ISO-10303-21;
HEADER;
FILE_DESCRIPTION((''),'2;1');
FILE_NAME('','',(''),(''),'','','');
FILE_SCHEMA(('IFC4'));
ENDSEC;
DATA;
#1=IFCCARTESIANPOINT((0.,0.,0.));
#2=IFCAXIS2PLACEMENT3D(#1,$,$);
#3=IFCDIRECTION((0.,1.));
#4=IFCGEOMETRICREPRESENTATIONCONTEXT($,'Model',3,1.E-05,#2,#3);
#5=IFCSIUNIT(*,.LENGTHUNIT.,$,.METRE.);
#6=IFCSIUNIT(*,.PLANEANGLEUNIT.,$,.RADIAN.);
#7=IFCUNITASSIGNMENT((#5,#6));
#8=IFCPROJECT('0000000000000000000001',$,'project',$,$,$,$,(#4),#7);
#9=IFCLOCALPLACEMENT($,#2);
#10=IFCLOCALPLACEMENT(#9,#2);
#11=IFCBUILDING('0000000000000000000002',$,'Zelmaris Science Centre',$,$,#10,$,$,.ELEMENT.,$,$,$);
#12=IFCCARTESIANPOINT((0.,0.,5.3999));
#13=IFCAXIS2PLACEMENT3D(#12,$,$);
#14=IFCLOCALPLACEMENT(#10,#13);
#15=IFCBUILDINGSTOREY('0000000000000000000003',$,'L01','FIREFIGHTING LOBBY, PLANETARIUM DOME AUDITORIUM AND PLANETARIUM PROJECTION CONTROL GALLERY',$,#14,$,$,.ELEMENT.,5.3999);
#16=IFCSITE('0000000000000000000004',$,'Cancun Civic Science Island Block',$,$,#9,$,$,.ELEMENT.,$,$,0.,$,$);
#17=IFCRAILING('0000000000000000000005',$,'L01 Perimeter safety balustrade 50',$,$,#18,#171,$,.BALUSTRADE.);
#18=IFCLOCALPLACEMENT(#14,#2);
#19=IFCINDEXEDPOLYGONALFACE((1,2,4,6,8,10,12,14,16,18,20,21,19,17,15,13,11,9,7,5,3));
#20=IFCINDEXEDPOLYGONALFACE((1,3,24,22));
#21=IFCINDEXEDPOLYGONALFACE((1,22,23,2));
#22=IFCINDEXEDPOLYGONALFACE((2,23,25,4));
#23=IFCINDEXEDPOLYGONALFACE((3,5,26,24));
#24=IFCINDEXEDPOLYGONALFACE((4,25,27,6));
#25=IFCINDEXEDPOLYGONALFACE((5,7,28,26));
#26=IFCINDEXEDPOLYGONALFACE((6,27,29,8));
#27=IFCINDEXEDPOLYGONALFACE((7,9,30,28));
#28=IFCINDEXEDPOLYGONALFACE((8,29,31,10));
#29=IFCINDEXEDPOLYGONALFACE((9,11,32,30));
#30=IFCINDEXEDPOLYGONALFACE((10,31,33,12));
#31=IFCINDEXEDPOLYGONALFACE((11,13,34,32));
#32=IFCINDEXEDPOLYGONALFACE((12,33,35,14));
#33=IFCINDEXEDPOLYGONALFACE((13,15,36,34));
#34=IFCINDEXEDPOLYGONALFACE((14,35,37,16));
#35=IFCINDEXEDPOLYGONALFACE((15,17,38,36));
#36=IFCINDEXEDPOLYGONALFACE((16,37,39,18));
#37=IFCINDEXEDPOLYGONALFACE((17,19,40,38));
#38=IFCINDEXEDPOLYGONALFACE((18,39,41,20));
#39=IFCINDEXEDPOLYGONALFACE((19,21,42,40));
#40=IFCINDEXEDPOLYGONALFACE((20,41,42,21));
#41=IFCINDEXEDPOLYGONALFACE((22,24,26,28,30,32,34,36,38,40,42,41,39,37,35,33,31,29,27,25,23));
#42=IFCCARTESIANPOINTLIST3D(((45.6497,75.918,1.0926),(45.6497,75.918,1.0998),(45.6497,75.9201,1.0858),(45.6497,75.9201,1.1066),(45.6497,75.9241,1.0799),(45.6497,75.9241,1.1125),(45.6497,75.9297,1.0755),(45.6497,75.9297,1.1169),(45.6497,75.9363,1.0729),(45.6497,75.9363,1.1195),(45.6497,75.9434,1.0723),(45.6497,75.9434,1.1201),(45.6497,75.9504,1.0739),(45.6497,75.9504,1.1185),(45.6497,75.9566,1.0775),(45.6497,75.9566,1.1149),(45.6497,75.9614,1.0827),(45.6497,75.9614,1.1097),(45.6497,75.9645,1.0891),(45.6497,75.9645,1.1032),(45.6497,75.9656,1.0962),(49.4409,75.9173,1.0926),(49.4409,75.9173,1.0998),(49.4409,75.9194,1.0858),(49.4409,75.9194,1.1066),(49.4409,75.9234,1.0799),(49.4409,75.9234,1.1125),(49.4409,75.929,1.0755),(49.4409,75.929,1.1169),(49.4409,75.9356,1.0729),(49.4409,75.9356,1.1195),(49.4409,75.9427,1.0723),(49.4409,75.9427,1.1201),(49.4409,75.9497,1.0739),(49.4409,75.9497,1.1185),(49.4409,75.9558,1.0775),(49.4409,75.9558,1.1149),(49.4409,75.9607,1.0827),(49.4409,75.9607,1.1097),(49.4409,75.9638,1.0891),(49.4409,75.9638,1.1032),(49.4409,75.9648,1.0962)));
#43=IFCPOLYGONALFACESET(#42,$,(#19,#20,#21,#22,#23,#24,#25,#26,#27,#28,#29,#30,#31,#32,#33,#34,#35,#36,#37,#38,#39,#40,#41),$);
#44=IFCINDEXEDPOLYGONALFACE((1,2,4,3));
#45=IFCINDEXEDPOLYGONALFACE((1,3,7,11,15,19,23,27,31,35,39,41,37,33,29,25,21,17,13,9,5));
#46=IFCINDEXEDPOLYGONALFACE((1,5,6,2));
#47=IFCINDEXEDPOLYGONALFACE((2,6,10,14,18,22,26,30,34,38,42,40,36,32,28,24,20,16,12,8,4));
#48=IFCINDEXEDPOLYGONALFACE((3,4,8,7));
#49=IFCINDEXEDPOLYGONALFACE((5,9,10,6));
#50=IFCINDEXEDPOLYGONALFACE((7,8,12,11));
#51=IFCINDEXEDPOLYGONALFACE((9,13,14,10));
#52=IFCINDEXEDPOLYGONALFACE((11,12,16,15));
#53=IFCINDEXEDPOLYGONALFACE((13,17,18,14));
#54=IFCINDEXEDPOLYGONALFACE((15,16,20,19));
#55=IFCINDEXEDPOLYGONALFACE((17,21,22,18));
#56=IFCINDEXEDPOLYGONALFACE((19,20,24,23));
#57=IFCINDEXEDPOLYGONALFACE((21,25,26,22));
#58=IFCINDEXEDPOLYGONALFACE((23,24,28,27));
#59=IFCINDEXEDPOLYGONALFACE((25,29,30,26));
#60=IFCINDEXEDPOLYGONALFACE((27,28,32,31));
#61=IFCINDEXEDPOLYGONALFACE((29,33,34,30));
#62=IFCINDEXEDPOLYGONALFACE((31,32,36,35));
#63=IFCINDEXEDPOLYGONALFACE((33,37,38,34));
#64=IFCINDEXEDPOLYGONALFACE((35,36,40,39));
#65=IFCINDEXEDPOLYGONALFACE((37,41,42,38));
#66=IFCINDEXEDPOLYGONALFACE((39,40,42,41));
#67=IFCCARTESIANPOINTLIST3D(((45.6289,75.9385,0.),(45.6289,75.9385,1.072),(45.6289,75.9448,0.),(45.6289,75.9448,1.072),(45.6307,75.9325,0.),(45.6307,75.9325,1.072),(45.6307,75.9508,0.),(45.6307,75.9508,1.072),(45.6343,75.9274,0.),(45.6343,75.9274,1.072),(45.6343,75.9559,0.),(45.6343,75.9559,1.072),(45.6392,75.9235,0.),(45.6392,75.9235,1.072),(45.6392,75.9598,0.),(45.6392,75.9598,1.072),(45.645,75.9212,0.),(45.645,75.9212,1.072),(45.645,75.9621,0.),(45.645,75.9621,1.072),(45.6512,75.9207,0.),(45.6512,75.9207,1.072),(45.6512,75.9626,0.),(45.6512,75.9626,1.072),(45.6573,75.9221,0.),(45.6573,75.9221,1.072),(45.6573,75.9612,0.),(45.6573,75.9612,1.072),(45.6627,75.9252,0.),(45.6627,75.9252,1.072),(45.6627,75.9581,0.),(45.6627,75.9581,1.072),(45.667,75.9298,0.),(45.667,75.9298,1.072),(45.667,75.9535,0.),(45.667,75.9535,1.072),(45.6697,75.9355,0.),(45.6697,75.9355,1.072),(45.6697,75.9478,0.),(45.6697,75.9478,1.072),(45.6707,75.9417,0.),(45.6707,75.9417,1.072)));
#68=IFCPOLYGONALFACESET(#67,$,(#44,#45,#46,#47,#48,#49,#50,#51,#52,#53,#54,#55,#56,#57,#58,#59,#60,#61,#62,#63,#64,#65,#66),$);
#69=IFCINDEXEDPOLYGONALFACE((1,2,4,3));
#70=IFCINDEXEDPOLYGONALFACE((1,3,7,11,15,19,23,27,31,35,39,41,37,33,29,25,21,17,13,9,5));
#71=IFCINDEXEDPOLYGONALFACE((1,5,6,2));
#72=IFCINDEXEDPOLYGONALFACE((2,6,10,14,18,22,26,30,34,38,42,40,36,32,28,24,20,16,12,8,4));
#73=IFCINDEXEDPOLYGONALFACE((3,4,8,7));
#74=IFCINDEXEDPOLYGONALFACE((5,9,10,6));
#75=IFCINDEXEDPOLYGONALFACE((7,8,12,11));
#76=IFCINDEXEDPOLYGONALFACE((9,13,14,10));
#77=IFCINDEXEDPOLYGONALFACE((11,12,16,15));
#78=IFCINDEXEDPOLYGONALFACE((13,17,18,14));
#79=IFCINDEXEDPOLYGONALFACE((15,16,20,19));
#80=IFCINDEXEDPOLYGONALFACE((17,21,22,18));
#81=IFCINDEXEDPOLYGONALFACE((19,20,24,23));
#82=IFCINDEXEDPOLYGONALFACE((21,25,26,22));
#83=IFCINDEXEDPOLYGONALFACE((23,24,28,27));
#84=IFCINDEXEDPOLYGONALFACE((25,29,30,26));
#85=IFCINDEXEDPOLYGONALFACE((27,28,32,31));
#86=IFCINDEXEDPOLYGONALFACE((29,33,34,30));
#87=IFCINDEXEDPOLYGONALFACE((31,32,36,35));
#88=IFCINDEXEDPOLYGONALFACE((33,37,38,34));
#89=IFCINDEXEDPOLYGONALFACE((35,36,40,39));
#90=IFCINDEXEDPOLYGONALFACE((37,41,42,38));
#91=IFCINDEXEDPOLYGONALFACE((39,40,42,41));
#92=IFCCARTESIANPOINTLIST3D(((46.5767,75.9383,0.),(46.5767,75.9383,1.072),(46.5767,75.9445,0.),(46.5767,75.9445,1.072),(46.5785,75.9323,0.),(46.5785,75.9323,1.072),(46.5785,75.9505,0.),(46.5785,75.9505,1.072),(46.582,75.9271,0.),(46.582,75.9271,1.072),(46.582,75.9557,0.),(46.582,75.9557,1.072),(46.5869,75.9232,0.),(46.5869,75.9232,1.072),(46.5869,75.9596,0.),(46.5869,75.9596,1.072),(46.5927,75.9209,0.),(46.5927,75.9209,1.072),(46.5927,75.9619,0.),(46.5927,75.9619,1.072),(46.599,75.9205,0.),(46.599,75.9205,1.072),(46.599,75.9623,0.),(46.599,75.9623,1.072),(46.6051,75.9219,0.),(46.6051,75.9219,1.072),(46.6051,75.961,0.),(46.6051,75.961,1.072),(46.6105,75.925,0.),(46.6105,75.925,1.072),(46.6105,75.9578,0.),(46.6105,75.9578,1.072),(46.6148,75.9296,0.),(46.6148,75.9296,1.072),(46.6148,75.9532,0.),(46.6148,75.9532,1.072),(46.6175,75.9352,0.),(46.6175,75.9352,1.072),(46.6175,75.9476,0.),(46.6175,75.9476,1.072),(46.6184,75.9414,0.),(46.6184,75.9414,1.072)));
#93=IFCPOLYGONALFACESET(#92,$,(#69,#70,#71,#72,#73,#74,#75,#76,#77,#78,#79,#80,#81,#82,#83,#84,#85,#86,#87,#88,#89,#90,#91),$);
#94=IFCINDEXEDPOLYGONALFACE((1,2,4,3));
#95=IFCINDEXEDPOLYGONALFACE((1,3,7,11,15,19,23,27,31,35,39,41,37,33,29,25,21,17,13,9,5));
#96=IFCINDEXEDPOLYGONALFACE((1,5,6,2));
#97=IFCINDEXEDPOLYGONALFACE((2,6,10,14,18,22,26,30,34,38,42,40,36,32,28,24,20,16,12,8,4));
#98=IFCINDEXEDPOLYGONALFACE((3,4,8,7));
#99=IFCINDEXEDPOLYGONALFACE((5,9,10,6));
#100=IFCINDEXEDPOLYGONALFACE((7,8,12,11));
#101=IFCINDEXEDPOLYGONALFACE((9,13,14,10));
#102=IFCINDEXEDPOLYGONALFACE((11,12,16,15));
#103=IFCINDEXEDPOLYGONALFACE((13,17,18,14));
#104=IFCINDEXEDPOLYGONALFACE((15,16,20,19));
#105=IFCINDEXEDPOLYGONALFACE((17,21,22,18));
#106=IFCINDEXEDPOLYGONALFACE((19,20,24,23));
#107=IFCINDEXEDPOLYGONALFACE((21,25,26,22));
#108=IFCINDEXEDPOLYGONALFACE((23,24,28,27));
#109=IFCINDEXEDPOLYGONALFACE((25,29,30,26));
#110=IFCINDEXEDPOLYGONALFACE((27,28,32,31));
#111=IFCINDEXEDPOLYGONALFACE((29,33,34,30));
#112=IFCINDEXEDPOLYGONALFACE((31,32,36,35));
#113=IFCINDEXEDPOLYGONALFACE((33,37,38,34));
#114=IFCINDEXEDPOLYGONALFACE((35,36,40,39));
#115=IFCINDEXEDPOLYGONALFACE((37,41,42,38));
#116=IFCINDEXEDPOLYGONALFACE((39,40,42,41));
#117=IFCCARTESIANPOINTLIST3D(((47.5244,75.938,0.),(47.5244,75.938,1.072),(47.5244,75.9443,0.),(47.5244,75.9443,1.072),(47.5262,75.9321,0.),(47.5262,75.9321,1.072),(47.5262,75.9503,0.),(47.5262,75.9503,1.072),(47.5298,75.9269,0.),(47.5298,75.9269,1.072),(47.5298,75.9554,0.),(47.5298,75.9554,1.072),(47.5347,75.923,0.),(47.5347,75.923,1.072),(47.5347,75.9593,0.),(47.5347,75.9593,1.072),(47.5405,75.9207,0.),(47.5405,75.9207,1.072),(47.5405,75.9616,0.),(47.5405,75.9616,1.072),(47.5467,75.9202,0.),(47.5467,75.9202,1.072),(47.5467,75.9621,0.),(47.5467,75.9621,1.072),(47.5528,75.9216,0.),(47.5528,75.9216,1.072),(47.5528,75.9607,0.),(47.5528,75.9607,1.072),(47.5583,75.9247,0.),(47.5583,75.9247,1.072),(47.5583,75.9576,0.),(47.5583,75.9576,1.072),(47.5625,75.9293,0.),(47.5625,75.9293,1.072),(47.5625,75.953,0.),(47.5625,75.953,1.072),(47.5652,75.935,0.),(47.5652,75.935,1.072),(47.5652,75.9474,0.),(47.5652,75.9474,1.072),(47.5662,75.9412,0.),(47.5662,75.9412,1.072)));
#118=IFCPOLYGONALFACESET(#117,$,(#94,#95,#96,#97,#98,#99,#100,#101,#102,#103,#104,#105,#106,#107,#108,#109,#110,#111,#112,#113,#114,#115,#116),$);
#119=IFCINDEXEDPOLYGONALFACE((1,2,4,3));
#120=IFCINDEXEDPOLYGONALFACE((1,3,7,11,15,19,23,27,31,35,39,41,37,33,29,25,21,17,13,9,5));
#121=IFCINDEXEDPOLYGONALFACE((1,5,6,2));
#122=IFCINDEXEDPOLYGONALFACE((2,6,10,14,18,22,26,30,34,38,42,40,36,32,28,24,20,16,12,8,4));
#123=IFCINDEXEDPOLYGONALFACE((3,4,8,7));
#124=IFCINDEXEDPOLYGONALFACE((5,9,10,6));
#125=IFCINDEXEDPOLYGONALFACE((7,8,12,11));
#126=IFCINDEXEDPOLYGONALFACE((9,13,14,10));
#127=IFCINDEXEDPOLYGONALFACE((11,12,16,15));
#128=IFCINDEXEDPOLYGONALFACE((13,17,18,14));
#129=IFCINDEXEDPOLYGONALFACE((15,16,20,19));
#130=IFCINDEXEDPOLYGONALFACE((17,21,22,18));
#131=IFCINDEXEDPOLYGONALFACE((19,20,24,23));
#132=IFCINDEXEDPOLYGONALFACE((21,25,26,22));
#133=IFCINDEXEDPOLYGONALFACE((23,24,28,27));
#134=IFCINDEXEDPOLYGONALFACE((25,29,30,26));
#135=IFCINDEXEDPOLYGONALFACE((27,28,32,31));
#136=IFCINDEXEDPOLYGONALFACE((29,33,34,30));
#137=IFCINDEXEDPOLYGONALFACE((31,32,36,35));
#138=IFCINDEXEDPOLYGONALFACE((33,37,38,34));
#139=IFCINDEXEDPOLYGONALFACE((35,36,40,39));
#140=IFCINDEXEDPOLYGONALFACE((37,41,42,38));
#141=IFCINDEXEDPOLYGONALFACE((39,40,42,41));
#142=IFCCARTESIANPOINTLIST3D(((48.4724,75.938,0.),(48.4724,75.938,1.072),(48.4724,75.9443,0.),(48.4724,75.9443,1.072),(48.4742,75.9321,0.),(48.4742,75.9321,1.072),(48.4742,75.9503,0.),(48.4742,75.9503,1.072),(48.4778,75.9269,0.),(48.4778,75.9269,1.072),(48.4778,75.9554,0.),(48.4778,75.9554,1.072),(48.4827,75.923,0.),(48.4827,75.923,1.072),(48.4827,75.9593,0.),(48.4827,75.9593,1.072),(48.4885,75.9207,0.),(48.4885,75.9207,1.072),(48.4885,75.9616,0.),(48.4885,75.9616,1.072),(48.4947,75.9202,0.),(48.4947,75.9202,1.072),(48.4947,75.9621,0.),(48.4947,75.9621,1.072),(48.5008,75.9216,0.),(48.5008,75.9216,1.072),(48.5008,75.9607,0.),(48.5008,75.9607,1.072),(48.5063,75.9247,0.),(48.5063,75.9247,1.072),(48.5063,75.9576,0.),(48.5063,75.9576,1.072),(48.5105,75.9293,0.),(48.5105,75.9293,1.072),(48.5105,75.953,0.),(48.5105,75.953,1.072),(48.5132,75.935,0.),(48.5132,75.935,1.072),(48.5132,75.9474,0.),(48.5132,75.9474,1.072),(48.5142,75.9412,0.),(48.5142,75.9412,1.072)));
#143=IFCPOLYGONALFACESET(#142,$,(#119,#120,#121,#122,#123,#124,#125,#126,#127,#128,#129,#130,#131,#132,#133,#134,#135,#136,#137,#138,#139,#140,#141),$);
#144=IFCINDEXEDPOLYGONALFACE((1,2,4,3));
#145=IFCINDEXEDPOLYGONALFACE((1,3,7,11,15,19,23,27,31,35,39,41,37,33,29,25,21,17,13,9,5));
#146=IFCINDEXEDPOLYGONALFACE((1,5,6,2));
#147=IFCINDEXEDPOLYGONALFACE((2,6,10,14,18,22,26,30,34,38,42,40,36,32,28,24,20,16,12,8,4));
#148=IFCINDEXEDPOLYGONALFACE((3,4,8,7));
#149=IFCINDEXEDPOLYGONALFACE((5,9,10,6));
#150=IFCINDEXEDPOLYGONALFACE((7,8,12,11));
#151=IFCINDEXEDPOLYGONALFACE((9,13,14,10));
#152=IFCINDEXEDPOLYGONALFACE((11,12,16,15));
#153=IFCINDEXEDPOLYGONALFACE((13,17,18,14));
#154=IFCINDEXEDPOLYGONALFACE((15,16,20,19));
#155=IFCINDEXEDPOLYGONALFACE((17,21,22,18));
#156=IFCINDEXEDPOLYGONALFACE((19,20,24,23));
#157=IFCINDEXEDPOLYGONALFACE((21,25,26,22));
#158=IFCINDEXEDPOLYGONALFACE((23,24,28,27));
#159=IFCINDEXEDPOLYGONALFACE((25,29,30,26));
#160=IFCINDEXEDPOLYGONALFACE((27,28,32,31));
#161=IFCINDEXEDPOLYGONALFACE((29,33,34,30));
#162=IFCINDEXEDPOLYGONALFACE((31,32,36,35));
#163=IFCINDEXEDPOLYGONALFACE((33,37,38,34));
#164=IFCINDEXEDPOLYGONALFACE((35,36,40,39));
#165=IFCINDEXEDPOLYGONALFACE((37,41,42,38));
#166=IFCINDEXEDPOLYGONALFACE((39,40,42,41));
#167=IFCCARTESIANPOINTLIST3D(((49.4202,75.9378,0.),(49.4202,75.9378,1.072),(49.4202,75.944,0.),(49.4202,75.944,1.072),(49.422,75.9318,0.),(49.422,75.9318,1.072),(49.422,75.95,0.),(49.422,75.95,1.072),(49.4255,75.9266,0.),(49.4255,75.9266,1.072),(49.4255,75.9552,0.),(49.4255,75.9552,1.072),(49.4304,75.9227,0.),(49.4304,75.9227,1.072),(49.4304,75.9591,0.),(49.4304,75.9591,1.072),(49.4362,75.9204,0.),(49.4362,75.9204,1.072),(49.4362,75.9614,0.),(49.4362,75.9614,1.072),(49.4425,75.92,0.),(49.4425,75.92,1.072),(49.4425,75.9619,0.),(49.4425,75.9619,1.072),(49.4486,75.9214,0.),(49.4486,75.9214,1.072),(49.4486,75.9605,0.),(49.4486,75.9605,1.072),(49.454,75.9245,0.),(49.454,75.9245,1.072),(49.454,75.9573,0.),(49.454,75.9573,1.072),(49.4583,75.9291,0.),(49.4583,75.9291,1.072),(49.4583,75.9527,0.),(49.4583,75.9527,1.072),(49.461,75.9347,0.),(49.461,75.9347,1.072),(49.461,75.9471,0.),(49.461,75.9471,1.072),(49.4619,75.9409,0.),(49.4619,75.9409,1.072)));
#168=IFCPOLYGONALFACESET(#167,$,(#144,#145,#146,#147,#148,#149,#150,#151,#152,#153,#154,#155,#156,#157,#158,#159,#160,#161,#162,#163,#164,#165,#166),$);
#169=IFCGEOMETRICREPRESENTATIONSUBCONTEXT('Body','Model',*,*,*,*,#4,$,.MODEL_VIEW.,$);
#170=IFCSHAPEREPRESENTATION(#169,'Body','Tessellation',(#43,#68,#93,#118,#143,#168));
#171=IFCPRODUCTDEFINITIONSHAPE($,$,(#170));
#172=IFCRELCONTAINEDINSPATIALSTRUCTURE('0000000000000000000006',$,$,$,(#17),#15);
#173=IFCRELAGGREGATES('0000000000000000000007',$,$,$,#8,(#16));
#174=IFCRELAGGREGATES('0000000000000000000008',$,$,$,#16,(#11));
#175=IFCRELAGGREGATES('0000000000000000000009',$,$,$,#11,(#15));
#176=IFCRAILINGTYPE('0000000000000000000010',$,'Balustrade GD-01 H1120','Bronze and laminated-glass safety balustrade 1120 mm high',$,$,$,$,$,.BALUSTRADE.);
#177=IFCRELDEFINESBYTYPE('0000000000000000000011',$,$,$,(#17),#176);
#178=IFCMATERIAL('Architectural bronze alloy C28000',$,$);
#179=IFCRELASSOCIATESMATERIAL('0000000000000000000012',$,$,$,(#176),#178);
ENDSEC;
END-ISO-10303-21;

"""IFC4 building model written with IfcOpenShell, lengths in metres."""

from ifc_helpers import new_model, si_unit, direction, frame, origin, origin_2d, place, context, subcontext, project, spatial, circle, extrude, material, type_object, element, save


model = new_model("IFC4")

# Units and contexts
model_context = context("Model", 3, precision=1e-05, world=origin(), true_north=direction((0.0, 1.0)))
body_context = subcontext(model_context, "Body", "Model", "MODEL_VIEW")
ifc_project = project(units=[si_unit("LENGTHUNIT", "METRE"), si_unit("PLANEANGLEUNIT", "RADIAN")], contexts=[model_context])

# Site, building, storey
site_placement = place(None, origin())
site = spatial("IfcSite", under=ifc_project, at=site_placement, Name="Cancun Civic Science Island Block", CompositionType="ELEMENT", RefElevation=0.0)
building_placement = place(site_placement, origin())
building = spatial("IfcBuilding", under=site, at=building_placement, Name="Zelmaris Science Centre", CompositionType="ELEMENT")
storey_placement = place(building_placement, frame((0.0, 0.0, 5.3999)))
storey = spatial("IfcBuildingStorey", under=building, at=storey_placement, Name="L01", Description="FIREFIGHTING LOBBY, PLANETARIUM DOME AUDITORIUM AND PLANETARIUM PROJECTION CONTROL GALLERY", CompositionType="ELEMENT", Elevation=5.3999)

# Railing
ifc_material_1 = material(Name="Architectural bronze alloy C28000")
railing_type = type_object("IfcRailingType", Name="Balustrade GD-01 H1120", Description="Bronze and laminated-glass safety balustrade 1120 mm high", PredefinedType="BALUSTRADE", material=ifc_material_1)
railing_placement = place(storey_placement, frame((45.6497, 75.9417, 0.0)))
element("IfcRailing", 1, at=railing_placement, inside=storey, type_object=railing_type, Name="L01 Perimeter safety balustrade 50", PredefinedType="BALUSTRADE", context=body_context, shape_type="SweptSolid", body=[
    extrude(circle(Radius=0.0239, at=origin_2d()), frame((0.0, 0.0, 1.0962), z_axis=(1.0, -0.000193, 0.0), x_axis=(0.000193, 1.0, 0.0)), (0.0, 0.0, 1.0), 3.7913),
    extrude(circle(Radius=0.021, at=origin_2d()), origin(), (0.0, 0.0, 1.0), 1.072),
    extrude(circle(Radius=0.021, at=origin_2d()), frame((0.9478, -0.0002, 0.0)), (0.0, 0.0, 1.0), 1.072),
    extrude(circle(Radius=0.021, at=origin_2d()), frame((1.8955, -0.0005, 0.0)), (0.0, 0.0, 1.0), 1.072),
    extrude(circle(Radius=0.021, at=origin_2d()), frame((2.8435, -0.0005, 0.0)), (0.0, 0.0, 1.0), 1.072),
    extrude(circle(Radius=0.021, at=origin_2d()), frame((3.7913, -0.0007, 0.0)), (0.0, 0.0, 1.0), 1.072),
])

save(model, "model.ifc")
